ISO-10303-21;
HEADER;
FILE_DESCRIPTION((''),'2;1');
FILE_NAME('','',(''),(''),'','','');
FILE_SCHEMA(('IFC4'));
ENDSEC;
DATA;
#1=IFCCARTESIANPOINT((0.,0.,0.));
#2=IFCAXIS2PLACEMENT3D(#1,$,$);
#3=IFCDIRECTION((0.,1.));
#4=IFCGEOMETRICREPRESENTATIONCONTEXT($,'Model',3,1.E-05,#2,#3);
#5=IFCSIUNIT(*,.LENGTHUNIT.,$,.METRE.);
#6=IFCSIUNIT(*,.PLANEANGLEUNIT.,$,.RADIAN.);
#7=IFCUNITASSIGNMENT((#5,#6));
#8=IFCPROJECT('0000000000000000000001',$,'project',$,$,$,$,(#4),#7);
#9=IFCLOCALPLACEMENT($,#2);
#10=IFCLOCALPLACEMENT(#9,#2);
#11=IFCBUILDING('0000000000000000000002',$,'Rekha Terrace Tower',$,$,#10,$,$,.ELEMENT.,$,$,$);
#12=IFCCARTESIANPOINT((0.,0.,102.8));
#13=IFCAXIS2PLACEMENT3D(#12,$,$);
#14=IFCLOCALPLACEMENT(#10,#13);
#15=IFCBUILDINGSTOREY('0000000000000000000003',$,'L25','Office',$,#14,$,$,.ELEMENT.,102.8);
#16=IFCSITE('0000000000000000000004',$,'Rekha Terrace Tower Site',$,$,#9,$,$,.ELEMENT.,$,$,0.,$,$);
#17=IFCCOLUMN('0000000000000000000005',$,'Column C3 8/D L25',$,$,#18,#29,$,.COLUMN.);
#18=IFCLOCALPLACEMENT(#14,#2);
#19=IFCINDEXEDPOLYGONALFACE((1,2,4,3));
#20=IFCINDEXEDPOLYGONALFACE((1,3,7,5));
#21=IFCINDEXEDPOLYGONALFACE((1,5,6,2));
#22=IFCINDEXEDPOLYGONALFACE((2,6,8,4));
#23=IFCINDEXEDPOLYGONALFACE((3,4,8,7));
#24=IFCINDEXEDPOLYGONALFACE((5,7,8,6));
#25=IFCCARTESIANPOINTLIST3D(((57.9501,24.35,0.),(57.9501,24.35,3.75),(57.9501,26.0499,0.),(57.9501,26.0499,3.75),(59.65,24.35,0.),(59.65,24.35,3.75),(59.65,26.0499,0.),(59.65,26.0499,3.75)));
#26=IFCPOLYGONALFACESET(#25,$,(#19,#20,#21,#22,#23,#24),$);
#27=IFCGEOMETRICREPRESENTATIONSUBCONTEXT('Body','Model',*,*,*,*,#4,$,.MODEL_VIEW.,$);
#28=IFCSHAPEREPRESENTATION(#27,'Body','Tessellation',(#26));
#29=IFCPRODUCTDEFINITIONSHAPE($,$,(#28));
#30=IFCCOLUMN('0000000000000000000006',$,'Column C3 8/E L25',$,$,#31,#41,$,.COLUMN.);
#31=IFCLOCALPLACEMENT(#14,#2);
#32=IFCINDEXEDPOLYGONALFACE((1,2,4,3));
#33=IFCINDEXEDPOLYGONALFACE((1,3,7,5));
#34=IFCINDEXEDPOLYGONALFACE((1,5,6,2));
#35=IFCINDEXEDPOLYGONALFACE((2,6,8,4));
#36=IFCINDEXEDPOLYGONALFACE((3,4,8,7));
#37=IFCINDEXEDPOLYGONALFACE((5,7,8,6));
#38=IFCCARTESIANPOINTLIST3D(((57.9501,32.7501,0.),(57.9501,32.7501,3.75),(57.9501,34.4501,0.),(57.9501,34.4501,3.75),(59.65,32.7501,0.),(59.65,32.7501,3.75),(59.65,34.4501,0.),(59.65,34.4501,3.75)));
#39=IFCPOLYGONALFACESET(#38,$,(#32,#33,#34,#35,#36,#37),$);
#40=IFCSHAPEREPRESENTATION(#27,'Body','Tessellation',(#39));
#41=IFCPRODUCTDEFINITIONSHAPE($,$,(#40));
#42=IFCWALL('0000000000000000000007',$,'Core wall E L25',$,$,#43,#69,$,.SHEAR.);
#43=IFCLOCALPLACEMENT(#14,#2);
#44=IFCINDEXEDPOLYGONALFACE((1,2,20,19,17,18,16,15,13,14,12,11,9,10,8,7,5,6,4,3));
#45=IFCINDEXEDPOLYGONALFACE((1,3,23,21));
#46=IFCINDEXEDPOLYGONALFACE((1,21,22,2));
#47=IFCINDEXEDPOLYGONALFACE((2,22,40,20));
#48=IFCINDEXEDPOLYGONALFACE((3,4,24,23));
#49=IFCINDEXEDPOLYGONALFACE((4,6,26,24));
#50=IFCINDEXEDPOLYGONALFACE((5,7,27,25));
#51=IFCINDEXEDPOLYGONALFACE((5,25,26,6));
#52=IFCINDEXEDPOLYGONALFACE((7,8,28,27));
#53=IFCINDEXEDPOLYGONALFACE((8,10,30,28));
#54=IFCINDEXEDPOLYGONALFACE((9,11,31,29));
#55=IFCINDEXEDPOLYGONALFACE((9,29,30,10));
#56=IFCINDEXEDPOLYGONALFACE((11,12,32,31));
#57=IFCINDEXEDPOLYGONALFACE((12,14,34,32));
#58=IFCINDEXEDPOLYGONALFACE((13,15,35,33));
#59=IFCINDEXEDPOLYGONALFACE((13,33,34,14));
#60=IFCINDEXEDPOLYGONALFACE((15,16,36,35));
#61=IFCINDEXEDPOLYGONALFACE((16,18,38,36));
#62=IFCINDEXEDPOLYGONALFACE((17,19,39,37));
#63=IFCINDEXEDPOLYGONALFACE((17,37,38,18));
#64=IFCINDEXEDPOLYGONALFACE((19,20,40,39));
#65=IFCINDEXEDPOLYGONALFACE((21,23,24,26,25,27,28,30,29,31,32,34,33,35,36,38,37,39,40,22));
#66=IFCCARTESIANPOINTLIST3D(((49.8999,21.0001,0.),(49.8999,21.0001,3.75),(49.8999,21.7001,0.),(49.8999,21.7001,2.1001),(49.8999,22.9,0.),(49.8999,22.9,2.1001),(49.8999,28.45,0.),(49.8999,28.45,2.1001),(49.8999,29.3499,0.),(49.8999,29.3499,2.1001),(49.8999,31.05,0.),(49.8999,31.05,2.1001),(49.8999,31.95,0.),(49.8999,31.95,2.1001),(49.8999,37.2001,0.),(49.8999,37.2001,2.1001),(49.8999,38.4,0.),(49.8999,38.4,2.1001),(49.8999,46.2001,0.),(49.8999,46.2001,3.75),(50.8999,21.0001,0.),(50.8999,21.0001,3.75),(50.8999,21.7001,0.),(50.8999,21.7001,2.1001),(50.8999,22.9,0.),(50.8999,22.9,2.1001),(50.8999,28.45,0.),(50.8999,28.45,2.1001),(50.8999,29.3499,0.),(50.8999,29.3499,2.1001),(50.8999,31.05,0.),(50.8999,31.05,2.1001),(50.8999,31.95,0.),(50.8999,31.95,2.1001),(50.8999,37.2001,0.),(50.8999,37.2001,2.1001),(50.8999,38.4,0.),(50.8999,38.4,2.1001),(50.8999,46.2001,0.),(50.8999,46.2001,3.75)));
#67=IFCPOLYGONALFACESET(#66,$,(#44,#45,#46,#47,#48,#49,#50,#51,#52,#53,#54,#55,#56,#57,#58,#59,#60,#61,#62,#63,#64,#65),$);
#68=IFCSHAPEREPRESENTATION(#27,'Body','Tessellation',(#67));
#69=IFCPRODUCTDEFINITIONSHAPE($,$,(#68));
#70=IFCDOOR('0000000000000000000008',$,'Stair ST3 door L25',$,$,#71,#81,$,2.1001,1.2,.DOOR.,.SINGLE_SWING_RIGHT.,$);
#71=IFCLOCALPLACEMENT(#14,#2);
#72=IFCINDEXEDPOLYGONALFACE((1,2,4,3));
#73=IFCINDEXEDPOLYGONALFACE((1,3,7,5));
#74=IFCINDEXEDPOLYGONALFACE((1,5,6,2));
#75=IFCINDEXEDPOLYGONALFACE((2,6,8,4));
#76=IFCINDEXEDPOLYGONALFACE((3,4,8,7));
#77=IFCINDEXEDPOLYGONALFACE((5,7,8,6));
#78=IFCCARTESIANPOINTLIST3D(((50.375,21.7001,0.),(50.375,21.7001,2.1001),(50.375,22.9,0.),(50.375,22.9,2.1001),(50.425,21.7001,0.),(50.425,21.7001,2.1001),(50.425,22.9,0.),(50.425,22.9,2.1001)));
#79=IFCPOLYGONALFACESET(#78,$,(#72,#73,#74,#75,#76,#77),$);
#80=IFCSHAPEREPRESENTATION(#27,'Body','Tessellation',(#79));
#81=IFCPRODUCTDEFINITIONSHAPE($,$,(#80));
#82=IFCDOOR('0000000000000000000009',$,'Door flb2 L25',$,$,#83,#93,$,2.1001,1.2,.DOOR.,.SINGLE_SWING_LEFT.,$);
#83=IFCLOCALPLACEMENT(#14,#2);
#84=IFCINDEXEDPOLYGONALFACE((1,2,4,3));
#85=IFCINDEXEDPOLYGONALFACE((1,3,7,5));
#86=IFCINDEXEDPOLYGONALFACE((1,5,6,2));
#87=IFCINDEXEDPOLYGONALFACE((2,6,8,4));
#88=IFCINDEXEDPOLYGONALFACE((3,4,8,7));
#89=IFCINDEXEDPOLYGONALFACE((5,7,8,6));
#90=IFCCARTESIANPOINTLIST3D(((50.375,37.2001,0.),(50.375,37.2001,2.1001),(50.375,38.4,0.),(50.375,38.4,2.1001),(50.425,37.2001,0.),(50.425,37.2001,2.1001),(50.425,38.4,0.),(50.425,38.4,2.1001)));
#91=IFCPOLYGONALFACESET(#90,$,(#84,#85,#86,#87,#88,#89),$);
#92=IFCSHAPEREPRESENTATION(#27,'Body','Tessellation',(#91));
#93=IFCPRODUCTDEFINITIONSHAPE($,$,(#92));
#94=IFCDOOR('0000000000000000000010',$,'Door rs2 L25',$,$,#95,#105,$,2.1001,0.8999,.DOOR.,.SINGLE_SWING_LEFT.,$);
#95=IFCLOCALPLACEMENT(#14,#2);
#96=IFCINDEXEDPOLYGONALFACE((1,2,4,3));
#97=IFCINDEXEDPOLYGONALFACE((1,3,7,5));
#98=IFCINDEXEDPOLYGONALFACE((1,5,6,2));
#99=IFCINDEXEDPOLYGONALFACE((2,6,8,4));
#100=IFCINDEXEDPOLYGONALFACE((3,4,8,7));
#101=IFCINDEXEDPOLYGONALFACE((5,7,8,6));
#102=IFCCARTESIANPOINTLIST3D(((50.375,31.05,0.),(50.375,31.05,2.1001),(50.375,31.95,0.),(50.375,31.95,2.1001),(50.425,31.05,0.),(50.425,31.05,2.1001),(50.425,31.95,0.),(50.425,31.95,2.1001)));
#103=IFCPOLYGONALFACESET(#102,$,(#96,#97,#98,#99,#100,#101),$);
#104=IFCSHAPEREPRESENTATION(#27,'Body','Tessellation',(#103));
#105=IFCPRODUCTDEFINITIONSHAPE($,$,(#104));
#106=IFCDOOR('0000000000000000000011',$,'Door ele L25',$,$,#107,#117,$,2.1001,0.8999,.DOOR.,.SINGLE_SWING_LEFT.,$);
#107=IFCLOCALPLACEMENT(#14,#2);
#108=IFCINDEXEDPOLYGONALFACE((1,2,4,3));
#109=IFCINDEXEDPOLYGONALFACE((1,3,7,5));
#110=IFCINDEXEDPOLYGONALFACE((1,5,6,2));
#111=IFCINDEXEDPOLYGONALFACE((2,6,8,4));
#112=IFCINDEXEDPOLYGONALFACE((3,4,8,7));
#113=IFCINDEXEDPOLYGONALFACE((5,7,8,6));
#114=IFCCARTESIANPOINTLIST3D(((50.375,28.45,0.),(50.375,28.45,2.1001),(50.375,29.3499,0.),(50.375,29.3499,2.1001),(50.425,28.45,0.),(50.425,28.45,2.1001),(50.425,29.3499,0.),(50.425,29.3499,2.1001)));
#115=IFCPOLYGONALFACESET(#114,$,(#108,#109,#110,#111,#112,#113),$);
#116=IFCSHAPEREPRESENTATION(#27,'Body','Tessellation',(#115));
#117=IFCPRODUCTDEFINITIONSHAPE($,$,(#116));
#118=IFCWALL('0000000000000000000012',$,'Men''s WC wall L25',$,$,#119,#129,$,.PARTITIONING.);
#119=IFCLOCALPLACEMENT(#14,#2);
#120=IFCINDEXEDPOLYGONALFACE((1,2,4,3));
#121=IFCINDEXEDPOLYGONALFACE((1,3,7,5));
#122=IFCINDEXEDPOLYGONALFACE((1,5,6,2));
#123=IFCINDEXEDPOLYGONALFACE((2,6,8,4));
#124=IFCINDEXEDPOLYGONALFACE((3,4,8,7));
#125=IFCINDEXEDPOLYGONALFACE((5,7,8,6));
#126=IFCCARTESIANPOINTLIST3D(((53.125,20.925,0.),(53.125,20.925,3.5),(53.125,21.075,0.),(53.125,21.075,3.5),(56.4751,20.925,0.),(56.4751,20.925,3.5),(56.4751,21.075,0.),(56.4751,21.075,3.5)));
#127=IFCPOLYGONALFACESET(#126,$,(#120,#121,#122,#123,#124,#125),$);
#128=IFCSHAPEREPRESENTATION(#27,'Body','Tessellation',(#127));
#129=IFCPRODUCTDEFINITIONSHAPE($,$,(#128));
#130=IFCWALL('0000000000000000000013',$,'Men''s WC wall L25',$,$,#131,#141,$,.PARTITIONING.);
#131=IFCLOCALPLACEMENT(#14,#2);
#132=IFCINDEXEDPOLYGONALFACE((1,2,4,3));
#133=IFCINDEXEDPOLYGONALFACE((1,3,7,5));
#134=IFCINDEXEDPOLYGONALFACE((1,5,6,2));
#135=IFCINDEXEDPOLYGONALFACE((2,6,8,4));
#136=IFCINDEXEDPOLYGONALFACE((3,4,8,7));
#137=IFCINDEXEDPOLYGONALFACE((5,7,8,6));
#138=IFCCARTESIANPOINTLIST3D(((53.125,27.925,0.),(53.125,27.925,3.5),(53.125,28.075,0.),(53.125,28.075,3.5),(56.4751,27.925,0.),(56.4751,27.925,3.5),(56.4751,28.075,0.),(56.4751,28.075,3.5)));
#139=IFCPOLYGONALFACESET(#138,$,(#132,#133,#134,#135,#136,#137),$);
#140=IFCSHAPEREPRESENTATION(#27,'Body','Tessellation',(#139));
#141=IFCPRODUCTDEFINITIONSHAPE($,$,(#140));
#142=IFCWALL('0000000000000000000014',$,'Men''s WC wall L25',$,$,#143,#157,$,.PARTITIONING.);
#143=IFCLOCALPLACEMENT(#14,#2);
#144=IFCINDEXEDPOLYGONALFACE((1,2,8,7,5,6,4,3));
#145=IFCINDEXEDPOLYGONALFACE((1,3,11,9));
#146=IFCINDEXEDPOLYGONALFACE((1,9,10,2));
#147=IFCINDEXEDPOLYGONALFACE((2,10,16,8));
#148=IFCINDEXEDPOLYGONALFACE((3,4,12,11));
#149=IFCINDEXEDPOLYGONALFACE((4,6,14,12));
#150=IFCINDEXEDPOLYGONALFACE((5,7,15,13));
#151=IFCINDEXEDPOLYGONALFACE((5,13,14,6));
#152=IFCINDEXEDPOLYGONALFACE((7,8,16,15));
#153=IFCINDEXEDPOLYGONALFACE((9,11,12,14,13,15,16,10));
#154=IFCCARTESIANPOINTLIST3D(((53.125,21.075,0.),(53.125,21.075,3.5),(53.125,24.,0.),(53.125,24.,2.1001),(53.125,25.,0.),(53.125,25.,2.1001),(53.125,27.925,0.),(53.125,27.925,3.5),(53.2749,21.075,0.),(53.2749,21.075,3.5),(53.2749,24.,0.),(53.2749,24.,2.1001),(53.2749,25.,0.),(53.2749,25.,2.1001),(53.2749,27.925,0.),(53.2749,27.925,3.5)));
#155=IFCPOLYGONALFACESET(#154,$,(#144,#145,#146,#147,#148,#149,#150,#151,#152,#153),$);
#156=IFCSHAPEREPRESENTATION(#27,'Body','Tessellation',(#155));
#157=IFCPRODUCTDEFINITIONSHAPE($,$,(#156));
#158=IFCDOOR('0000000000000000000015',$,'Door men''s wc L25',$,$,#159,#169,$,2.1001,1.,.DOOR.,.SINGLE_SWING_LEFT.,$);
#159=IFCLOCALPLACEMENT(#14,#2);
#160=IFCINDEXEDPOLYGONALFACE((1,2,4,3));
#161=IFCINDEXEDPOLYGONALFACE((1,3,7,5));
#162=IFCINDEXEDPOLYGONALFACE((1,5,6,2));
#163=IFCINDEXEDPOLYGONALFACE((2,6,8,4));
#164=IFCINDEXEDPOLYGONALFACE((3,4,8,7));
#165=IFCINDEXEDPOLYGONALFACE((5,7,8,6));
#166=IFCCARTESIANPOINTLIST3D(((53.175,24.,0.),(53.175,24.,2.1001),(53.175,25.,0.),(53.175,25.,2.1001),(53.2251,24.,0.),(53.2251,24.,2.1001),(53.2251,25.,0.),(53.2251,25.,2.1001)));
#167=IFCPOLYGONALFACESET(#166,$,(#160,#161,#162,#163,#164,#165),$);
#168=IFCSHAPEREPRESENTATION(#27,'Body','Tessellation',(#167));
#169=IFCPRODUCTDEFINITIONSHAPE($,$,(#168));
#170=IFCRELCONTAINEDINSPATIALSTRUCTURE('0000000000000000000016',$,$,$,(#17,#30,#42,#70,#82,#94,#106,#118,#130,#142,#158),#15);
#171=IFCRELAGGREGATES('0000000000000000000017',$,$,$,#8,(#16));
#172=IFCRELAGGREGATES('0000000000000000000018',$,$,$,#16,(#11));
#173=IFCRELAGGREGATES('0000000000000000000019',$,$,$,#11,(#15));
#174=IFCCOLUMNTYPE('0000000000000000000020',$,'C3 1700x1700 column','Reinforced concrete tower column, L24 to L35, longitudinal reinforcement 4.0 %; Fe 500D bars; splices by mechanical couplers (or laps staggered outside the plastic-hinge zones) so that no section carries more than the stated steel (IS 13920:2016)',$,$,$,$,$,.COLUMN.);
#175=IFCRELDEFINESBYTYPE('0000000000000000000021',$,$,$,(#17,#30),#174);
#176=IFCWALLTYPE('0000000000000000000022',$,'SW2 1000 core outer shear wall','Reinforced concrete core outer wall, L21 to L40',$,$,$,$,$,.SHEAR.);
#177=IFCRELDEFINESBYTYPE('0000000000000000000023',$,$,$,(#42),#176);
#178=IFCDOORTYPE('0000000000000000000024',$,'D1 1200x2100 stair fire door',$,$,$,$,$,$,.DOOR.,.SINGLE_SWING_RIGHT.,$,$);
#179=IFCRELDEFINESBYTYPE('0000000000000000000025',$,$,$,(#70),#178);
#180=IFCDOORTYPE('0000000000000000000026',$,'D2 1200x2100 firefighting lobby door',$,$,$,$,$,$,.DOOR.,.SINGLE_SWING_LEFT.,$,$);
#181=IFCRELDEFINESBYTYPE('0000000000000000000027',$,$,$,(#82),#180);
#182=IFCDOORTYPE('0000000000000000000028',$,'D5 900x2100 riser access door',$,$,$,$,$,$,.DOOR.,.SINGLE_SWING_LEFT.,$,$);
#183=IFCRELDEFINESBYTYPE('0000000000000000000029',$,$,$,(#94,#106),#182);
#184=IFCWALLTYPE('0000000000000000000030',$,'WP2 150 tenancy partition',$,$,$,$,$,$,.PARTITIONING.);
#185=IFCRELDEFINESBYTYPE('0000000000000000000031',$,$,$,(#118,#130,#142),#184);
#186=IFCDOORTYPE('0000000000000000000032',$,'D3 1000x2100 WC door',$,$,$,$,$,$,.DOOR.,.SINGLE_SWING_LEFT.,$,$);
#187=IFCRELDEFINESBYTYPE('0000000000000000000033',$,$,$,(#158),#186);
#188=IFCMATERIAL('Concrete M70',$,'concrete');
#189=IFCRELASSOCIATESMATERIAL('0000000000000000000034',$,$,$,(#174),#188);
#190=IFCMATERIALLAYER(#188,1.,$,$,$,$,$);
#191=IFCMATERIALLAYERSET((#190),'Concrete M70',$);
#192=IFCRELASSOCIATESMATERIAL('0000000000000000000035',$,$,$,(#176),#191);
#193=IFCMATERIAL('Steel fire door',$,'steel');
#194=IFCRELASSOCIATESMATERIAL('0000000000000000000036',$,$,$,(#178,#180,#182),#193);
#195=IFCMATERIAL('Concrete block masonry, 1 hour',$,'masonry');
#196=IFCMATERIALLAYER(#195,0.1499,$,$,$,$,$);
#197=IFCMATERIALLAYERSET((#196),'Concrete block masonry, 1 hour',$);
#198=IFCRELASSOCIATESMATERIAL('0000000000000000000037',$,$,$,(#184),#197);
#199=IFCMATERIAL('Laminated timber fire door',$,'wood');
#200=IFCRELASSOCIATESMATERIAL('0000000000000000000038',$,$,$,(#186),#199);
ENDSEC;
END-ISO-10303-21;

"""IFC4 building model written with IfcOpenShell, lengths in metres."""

from ifc_helpers import new_model, si_unit, direction, frame, frame_2d, origin, origin_2d, place, context, subcontext, project, spatial, rectangle, extrude, material, layer, layer_set, material_profile, profile_set, type_object, element, fill, save


model = new_model("IFC4")

# Units and contexts
model_context = context("Model", 3, precision=1e-05, world=origin(), true_north=direction((0.0, 1.0)))
body_context = subcontext(model_context, "Body", "Model", "MODEL_VIEW")
ifc_project = project(units=[si_unit("LENGTHUNIT", "METRE"), si_unit("PLANEANGLEUNIT", "RADIAN")], contexts=[model_context])

# Site, building, storey
site_placement = place(None, origin())
site = spatial("IfcSite", under=ifc_project, at=site_placement, Name="Rekha Terrace Tower Site", CompositionType="ELEMENT", RefElevation=0.0)
building_placement = place(site_placement, origin())
building = spatial("IfcBuilding", under=site, at=building_placement, Name="Rekha Terrace Tower", CompositionType="ELEMENT")
storey_placement = place(building_placement, frame((0.0, 0.0, 102.8)))
storey = spatial("IfcBuildingStorey", under=building, at=storey_placement, Name="L25", Description="Office", CompositionType="ELEMENT", Elevation=102.8)

# Columns
ifc_material_1 = material(Name="Concrete M70", Category="concrete")
ifc_material_profile = material_profile(ifc_material_1, rectangle(XDim=1.7, YDim=1.7, at=origin_2d()), Name="RC 1700x1700")
ifc_profile_set = profile_set([ifc_material_profile], Name="Concrete M70")
column_type = type_object("IfcColumnType", Name="C3 1700x1700 column", Description="Reinforced concrete tower column, L24 to L35, longitudinal reinforcement 4.0 %; Fe 500D bars; splices by mechanical couplers (or laps staggered outside the plastic-hinge zones) so that no section carries more than the stated steel (IS 13920:2016)", PredefinedType="COLUMN", material=ifc_profile_set)
for number, where, z_axis, x_axis, name in (
    (1, (58.8, 25.2, 0.0), (0.0, 0.0, 1.0), (1.0, 0.0, 0.0), "Column C3 8/D L25"),
    (2, (58.8, 33.6001, 0.0), (0.0, 0.0, 1.0), (1.0, 0.0, 0.0), "Column C3 8/E L25"),
):
    element("IfcColumn", number, at=place(storey_placement, frame(where, z_axis=z_axis, x_axis=x_axis)), inside=storey, type_object=column_type, Name=name, PredefinedType="COLUMN", context=body_context, shape_type="SweptSolid", body=[
        extrude(rectangle(XDim=1.7, YDim=1.7, at=origin_2d()), origin(), (0.0, 0.0, 1.0), 3.75),
    ])

# Wall, openings, doors
ifc_layer_1 = layer(ifc_material_1, 1.0)
ifc_layer_set_1 = layer_set([ifc_layer_1], Name="Concrete M70")
wall_type_1 = type_object("IfcWallType", Name="SW2 1000 core outer shear wall", Description="Reinforced concrete core outer wall, L21 to L40", PredefinedType="SHEAR", material=ifc_layer_set_1)
wall_1_placement = place(storey_placement, frame((50.3999, 21.0, 0.0), z_axis=(0.0, 0.0, 1.0), x_axis=(0.0, 1.0, 0.0)))
wall_1 = element("IfcWall", 3, at=wall_1_placement, inside=storey, type_object=wall_type_1, Name="Core wall E L25", PredefinedType="SHEAR", context=body_context, shape_type="SweptSolid", body=[
    extrude(rectangle(XDim=25.2, YDim=1.0, at=frame_2d((12.6001, 0.0))), origin(), (0.0, 0.0, 1.0), 3.75),
])
opening_1_placement = place(wall_1_placement, frame((16.2, 0.0, 0.0)))
opening_1 = element("IfcOpeningElement", 4, at=opening_1_placement, cuts=wall_1, PredefinedType="OPENING", context=body_context, shape_type="SweptSolid", body=[
    extrude(rectangle(XDim=1.2, YDim=2.1001, at=frame_2d((0.6001, 1.05))), frame((0.0, 0.51, 0.0), z_axis=(0.0, -1.0, 0.0), x_axis=(1.0, 0.0, 0.0)), (0.0, 0.0, 1.0), 1.02),
])
opening_2_placement = place(wall_1_placement, frame((10.05, 0.0, 0.0)))
opening_2 = element("IfcOpeningElement", 5, at=opening_2_placement, cuts=wall_1, PredefinedType="OPENING", context=body_context, shape_type="SweptSolid", body=[
    extrude(rectangle(XDim=0.8999, YDim=2.1001, at=frame_2d((0.45, 1.05))), frame((0.0, 0.51, 0.0), z_axis=(0.0, -1.0, 0.0), x_axis=(1.0, 0.0, 0.0)), (0.0, 0.0, 1.0), 1.02),
])
opening_3_placement = place(wall_1_placement, frame((7.45, 0.0, 0.0)))
opening_3 = element("IfcOpeningElement", 6, at=opening_3_placement, cuts=wall_1, PredefinedType="OPENING", context=body_context, shape_type="SweptSolid", body=[
    extrude(rectangle(XDim=0.8999, YDim=2.1001, at=frame_2d((0.45, 1.05))), frame((0.0, 0.51, 0.0), z_axis=(0.0, -1.0, 0.0), x_axis=(1.0, 0.0, 0.0)), (0.0, 0.0, 1.0), 1.02),
])
opening_4_placement = place(wall_1_placement, frame((0.7, 0.0, 0.0)))
opening_4 = element("IfcOpeningElement", 7, at=opening_4_placement, cuts=wall_1, PredefinedType="OPENING", context=body_context, shape_type="SweptSolid", body=[
    extrude(rectangle(XDim=1.2, YDim=2.1001, at=frame_2d((0.6001, 1.05))), frame((0.0, 0.51, 0.0), z_axis=(0.0, -1.0, 0.0), x_axis=(1.0, 0.0, 0.0)), (0.0, 0.0, 1.0), 1.02),
])
ifc_material_2 = material(Name="Steel fire door", Category="steel")
door_type_1 = type_object("IfcDoorType", Name="D1 1200x2100 stair fire door", OperationType="SINGLE_SWING_RIGHT", PredefinedType="DOOR", material=ifc_material_2)
door_1_placement = place(opening_4_placement, origin())
door_1 = element("IfcDoor", 8, at=door_1_placement, inside=storey, type_object=door_type_1, Name="Stair ST3 door L25", OperationType="SINGLE_SWING_RIGHT", OverallHeight=2.1001, OverallWidth=1.2, PredefinedType="DOOR", context=body_context, shape_type="SweptSolid", body=[
    extrude(rectangle(XDim=1.2, YDim=2.1001, at=frame_2d((0.6001, 1.05))), frame((0.0, 0.0249, 0.0), z_axis=(0.0, -1.0, 0.0), x_axis=(1.0, 0.0, 0.0)), (0.0, 0.0, 1.0), 0.05),
])
fill(opening_4, door_1)
door_type_2 = type_object("IfcDoorType", Name="D2 1200x2100 firefighting lobby door", OperationType="SINGLE_SWING_LEFT", PredefinedType="DOOR", material=ifc_material_2)
door_2_placement = place(opening_1_placement, origin())
door_2 = element("IfcDoor", 9, at=door_2_placement, inside=storey, type_object=door_type_2, Name="Door flb2 L25", OperationType="SINGLE_SWING_LEFT", OverallHeight=2.1001, OverallWidth=1.2, PredefinedType="DOOR", context=body_context, shape_type="SweptSolid", body=[
    extrude(rectangle(XDim=1.2, YDim=2.1001, at=frame_2d((0.6001, 1.05))), frame((0.0, 0.0249, 0.0), z_axis=(0.0, -1.0, 0.0), x_axis=(1.0, 0.0, 0.0)), (0.0, 0.0, 1.0), 0.05),
])
fill(opening_1, door_2)
door_type_3 = type_object("IfcDoorType", Name="D5 900x2100 riser access door", OperationType="SINGLE_SWING_LEFT", PredefinedType="DOOR", material=ifc_material_2)
door_3_placement = place(opening_2_placement, origin())
door_3 = element("IfcDoor", 10, at=door_3_placement, inside=storey, type_object=door_type_3, Name="Door rs2 L25", OperationType="SINGLE_SWING_LEFT", OverallHeight=2.1001, OverallWidth=0.8999, PredefinedType="DOOR", context=body_context, shape_type="SweptSolid", body=[
    extrude(rectangle(XDim=0.8999, YDim=2.1001, at=frame_2d((0.45, 1.05))), frame((0.0, 0.0249, 0.0), z_axis=(0.0, -1.0, 0.0), x_axis=(1.0, 0.0, 0.0)), (0.0, 0.0, 1.0), 0.05),
])
fill(opening_2, door_3)
door_4_placement = place(opening_3_placement, origin())
door_4 = element("IfcDoor", 11, at=door_4_placement, inside=storey, type_object=door_type_3, Name="Door ele L25", OperationType="SINGLE_SWING_LEFT", OverallHeight=2.1001, OverallWidth=0.8999, PredefinedType="DOOR", context=body_context, shape_type="SweptSolid", body=[
    extrude(rectangle(XDim=0.8999, YDim=2.1001, at=frame_2d((0.45, 1.05))), frame((0.0, 0.0249, 0.0), z_axis=(0.0, -1.0, 0.0), x_axis=(1.0, 0.0, 0.0)), (0.0, 0.0, 1.0), 0.05),
])
fill(opening_3, door_4)

# Walls
ifc_material_3 = material(Name="Concrete block masonry, 1 hour", Category="masonry")
ifc_layer_2 = layer(ifc_material_3, 0.1499)
ifc_layer_set_2 = layer_set([ifc_layer_2], Name="Concrete block masonry, 1 hour")
wall_type_2 = type_object("IfcWallType", Name="WP2 150 tenancy partition", PredefinedType="PARTITIONING", material=ifc_layer_set_2)
for number, where, z_axis, x_axis, name in (
    (12, (53.125, 21.0, 0.0), (0.0, 0.0, 1.0), (1.0, 0.0, 0.0), "Men's WC wall L25"),
    (13, (53.125, 28.0, 0.0), (0.0, 0.0, 1.0), (1.0, 0.0, 0.0), "Men's WC wall L25"),
):
    element("IfcWall", number, at=place(storey_placement, frame(where, z_axis=z_axis, x_axis=x_axis)), inside=storey, type_object=wall_type_2, Name=name, PredefinedType="PARTITIONING", context=body_context, shape_type="SweptSolid", body=[
        extrude(rectangle(XDim=3.3501, YDim=0.1499, at=frame_2d((1.675, 0.0))), origin(), (0.0, 0.0, 1.0), 3.5),
    ])

# Wall, opening, door
wall_2_placement = place(storey_placement, frame((53.2, 21.075, 0.0), z_axis=(0.0, 0.0, 1.0), x_axis=(0.0, 1.0, 0.0)))
wall_2 = element("IfcWall", 14, at=wall_2_placement, inside=storey, type_object=wall_type_2, Name="Men's WC wall L25", PredefinedType="PARTITIONING", context=body_context, shape_type="SweptSolid", body=[
    extrude(rectangle(XDim=6.8501, YDim=0.1499, at=frame_2d((3.425, 0.0))), origin(), (0.0, 0.0, 1.0), 3.5),
])
opening_5_placement = place(wall_2_placement, frame((2.925, 0.0, 0.0)))
opening_5 = element("IfcOpeningElement", 15, at=opening_5_placement, cuts=wall_2, PredefinedType="OPENING", context=body_context, shape_type="SweptSolid", body=[
    extrude(rectangle(XDim=1.0, YDim=2.1001, at=frame_2d((0.5, 1.05))), frame((0.0, 0.085, 0.0), z_axis=(0.0, -1.0, 0.0), x_axis=(1.0, 0.0, 0.0)), (0.0, 0.0, 1.0), 0.1699),
])
ifc_material_4 = material(Name="Laminated timber fire door", Category="wood")
door_type_4 = type_object("IfcDoorType", Name="D3 1000x2100 WC door", OperationType="SINGLE_SWING_LEFT", PredefinedType="DOOR", material=ifc_material_4)
door_5_placement = place(opening_5_placement, origin())
door_5 = element("IfcDoor", 16, at=door_5_placement, inside=storey, type_object=door_type_4, Name="Door men's wc L25", OperationType="SINGLE_SWING_LEFT", OverallHeight=2.1001, OverallWidth=1.0, PredefinedType="DOOR", context=body_context, shape_type="SweptSolid", body=[
    extrude(rectangle(XDim=1.0, YDim=2.1001, at=frame_2d((0.5, 1.05))), frame((0.0, 0.0249, 0.0), z_axis=(0.0, -1.0, 0.0), x_axis=(1.0, 0.0, 0.0)), (0.0, 0.0, 1.0), 0.05),
])
fill(opening_5, door_5)

save(model, "model.ifc")
